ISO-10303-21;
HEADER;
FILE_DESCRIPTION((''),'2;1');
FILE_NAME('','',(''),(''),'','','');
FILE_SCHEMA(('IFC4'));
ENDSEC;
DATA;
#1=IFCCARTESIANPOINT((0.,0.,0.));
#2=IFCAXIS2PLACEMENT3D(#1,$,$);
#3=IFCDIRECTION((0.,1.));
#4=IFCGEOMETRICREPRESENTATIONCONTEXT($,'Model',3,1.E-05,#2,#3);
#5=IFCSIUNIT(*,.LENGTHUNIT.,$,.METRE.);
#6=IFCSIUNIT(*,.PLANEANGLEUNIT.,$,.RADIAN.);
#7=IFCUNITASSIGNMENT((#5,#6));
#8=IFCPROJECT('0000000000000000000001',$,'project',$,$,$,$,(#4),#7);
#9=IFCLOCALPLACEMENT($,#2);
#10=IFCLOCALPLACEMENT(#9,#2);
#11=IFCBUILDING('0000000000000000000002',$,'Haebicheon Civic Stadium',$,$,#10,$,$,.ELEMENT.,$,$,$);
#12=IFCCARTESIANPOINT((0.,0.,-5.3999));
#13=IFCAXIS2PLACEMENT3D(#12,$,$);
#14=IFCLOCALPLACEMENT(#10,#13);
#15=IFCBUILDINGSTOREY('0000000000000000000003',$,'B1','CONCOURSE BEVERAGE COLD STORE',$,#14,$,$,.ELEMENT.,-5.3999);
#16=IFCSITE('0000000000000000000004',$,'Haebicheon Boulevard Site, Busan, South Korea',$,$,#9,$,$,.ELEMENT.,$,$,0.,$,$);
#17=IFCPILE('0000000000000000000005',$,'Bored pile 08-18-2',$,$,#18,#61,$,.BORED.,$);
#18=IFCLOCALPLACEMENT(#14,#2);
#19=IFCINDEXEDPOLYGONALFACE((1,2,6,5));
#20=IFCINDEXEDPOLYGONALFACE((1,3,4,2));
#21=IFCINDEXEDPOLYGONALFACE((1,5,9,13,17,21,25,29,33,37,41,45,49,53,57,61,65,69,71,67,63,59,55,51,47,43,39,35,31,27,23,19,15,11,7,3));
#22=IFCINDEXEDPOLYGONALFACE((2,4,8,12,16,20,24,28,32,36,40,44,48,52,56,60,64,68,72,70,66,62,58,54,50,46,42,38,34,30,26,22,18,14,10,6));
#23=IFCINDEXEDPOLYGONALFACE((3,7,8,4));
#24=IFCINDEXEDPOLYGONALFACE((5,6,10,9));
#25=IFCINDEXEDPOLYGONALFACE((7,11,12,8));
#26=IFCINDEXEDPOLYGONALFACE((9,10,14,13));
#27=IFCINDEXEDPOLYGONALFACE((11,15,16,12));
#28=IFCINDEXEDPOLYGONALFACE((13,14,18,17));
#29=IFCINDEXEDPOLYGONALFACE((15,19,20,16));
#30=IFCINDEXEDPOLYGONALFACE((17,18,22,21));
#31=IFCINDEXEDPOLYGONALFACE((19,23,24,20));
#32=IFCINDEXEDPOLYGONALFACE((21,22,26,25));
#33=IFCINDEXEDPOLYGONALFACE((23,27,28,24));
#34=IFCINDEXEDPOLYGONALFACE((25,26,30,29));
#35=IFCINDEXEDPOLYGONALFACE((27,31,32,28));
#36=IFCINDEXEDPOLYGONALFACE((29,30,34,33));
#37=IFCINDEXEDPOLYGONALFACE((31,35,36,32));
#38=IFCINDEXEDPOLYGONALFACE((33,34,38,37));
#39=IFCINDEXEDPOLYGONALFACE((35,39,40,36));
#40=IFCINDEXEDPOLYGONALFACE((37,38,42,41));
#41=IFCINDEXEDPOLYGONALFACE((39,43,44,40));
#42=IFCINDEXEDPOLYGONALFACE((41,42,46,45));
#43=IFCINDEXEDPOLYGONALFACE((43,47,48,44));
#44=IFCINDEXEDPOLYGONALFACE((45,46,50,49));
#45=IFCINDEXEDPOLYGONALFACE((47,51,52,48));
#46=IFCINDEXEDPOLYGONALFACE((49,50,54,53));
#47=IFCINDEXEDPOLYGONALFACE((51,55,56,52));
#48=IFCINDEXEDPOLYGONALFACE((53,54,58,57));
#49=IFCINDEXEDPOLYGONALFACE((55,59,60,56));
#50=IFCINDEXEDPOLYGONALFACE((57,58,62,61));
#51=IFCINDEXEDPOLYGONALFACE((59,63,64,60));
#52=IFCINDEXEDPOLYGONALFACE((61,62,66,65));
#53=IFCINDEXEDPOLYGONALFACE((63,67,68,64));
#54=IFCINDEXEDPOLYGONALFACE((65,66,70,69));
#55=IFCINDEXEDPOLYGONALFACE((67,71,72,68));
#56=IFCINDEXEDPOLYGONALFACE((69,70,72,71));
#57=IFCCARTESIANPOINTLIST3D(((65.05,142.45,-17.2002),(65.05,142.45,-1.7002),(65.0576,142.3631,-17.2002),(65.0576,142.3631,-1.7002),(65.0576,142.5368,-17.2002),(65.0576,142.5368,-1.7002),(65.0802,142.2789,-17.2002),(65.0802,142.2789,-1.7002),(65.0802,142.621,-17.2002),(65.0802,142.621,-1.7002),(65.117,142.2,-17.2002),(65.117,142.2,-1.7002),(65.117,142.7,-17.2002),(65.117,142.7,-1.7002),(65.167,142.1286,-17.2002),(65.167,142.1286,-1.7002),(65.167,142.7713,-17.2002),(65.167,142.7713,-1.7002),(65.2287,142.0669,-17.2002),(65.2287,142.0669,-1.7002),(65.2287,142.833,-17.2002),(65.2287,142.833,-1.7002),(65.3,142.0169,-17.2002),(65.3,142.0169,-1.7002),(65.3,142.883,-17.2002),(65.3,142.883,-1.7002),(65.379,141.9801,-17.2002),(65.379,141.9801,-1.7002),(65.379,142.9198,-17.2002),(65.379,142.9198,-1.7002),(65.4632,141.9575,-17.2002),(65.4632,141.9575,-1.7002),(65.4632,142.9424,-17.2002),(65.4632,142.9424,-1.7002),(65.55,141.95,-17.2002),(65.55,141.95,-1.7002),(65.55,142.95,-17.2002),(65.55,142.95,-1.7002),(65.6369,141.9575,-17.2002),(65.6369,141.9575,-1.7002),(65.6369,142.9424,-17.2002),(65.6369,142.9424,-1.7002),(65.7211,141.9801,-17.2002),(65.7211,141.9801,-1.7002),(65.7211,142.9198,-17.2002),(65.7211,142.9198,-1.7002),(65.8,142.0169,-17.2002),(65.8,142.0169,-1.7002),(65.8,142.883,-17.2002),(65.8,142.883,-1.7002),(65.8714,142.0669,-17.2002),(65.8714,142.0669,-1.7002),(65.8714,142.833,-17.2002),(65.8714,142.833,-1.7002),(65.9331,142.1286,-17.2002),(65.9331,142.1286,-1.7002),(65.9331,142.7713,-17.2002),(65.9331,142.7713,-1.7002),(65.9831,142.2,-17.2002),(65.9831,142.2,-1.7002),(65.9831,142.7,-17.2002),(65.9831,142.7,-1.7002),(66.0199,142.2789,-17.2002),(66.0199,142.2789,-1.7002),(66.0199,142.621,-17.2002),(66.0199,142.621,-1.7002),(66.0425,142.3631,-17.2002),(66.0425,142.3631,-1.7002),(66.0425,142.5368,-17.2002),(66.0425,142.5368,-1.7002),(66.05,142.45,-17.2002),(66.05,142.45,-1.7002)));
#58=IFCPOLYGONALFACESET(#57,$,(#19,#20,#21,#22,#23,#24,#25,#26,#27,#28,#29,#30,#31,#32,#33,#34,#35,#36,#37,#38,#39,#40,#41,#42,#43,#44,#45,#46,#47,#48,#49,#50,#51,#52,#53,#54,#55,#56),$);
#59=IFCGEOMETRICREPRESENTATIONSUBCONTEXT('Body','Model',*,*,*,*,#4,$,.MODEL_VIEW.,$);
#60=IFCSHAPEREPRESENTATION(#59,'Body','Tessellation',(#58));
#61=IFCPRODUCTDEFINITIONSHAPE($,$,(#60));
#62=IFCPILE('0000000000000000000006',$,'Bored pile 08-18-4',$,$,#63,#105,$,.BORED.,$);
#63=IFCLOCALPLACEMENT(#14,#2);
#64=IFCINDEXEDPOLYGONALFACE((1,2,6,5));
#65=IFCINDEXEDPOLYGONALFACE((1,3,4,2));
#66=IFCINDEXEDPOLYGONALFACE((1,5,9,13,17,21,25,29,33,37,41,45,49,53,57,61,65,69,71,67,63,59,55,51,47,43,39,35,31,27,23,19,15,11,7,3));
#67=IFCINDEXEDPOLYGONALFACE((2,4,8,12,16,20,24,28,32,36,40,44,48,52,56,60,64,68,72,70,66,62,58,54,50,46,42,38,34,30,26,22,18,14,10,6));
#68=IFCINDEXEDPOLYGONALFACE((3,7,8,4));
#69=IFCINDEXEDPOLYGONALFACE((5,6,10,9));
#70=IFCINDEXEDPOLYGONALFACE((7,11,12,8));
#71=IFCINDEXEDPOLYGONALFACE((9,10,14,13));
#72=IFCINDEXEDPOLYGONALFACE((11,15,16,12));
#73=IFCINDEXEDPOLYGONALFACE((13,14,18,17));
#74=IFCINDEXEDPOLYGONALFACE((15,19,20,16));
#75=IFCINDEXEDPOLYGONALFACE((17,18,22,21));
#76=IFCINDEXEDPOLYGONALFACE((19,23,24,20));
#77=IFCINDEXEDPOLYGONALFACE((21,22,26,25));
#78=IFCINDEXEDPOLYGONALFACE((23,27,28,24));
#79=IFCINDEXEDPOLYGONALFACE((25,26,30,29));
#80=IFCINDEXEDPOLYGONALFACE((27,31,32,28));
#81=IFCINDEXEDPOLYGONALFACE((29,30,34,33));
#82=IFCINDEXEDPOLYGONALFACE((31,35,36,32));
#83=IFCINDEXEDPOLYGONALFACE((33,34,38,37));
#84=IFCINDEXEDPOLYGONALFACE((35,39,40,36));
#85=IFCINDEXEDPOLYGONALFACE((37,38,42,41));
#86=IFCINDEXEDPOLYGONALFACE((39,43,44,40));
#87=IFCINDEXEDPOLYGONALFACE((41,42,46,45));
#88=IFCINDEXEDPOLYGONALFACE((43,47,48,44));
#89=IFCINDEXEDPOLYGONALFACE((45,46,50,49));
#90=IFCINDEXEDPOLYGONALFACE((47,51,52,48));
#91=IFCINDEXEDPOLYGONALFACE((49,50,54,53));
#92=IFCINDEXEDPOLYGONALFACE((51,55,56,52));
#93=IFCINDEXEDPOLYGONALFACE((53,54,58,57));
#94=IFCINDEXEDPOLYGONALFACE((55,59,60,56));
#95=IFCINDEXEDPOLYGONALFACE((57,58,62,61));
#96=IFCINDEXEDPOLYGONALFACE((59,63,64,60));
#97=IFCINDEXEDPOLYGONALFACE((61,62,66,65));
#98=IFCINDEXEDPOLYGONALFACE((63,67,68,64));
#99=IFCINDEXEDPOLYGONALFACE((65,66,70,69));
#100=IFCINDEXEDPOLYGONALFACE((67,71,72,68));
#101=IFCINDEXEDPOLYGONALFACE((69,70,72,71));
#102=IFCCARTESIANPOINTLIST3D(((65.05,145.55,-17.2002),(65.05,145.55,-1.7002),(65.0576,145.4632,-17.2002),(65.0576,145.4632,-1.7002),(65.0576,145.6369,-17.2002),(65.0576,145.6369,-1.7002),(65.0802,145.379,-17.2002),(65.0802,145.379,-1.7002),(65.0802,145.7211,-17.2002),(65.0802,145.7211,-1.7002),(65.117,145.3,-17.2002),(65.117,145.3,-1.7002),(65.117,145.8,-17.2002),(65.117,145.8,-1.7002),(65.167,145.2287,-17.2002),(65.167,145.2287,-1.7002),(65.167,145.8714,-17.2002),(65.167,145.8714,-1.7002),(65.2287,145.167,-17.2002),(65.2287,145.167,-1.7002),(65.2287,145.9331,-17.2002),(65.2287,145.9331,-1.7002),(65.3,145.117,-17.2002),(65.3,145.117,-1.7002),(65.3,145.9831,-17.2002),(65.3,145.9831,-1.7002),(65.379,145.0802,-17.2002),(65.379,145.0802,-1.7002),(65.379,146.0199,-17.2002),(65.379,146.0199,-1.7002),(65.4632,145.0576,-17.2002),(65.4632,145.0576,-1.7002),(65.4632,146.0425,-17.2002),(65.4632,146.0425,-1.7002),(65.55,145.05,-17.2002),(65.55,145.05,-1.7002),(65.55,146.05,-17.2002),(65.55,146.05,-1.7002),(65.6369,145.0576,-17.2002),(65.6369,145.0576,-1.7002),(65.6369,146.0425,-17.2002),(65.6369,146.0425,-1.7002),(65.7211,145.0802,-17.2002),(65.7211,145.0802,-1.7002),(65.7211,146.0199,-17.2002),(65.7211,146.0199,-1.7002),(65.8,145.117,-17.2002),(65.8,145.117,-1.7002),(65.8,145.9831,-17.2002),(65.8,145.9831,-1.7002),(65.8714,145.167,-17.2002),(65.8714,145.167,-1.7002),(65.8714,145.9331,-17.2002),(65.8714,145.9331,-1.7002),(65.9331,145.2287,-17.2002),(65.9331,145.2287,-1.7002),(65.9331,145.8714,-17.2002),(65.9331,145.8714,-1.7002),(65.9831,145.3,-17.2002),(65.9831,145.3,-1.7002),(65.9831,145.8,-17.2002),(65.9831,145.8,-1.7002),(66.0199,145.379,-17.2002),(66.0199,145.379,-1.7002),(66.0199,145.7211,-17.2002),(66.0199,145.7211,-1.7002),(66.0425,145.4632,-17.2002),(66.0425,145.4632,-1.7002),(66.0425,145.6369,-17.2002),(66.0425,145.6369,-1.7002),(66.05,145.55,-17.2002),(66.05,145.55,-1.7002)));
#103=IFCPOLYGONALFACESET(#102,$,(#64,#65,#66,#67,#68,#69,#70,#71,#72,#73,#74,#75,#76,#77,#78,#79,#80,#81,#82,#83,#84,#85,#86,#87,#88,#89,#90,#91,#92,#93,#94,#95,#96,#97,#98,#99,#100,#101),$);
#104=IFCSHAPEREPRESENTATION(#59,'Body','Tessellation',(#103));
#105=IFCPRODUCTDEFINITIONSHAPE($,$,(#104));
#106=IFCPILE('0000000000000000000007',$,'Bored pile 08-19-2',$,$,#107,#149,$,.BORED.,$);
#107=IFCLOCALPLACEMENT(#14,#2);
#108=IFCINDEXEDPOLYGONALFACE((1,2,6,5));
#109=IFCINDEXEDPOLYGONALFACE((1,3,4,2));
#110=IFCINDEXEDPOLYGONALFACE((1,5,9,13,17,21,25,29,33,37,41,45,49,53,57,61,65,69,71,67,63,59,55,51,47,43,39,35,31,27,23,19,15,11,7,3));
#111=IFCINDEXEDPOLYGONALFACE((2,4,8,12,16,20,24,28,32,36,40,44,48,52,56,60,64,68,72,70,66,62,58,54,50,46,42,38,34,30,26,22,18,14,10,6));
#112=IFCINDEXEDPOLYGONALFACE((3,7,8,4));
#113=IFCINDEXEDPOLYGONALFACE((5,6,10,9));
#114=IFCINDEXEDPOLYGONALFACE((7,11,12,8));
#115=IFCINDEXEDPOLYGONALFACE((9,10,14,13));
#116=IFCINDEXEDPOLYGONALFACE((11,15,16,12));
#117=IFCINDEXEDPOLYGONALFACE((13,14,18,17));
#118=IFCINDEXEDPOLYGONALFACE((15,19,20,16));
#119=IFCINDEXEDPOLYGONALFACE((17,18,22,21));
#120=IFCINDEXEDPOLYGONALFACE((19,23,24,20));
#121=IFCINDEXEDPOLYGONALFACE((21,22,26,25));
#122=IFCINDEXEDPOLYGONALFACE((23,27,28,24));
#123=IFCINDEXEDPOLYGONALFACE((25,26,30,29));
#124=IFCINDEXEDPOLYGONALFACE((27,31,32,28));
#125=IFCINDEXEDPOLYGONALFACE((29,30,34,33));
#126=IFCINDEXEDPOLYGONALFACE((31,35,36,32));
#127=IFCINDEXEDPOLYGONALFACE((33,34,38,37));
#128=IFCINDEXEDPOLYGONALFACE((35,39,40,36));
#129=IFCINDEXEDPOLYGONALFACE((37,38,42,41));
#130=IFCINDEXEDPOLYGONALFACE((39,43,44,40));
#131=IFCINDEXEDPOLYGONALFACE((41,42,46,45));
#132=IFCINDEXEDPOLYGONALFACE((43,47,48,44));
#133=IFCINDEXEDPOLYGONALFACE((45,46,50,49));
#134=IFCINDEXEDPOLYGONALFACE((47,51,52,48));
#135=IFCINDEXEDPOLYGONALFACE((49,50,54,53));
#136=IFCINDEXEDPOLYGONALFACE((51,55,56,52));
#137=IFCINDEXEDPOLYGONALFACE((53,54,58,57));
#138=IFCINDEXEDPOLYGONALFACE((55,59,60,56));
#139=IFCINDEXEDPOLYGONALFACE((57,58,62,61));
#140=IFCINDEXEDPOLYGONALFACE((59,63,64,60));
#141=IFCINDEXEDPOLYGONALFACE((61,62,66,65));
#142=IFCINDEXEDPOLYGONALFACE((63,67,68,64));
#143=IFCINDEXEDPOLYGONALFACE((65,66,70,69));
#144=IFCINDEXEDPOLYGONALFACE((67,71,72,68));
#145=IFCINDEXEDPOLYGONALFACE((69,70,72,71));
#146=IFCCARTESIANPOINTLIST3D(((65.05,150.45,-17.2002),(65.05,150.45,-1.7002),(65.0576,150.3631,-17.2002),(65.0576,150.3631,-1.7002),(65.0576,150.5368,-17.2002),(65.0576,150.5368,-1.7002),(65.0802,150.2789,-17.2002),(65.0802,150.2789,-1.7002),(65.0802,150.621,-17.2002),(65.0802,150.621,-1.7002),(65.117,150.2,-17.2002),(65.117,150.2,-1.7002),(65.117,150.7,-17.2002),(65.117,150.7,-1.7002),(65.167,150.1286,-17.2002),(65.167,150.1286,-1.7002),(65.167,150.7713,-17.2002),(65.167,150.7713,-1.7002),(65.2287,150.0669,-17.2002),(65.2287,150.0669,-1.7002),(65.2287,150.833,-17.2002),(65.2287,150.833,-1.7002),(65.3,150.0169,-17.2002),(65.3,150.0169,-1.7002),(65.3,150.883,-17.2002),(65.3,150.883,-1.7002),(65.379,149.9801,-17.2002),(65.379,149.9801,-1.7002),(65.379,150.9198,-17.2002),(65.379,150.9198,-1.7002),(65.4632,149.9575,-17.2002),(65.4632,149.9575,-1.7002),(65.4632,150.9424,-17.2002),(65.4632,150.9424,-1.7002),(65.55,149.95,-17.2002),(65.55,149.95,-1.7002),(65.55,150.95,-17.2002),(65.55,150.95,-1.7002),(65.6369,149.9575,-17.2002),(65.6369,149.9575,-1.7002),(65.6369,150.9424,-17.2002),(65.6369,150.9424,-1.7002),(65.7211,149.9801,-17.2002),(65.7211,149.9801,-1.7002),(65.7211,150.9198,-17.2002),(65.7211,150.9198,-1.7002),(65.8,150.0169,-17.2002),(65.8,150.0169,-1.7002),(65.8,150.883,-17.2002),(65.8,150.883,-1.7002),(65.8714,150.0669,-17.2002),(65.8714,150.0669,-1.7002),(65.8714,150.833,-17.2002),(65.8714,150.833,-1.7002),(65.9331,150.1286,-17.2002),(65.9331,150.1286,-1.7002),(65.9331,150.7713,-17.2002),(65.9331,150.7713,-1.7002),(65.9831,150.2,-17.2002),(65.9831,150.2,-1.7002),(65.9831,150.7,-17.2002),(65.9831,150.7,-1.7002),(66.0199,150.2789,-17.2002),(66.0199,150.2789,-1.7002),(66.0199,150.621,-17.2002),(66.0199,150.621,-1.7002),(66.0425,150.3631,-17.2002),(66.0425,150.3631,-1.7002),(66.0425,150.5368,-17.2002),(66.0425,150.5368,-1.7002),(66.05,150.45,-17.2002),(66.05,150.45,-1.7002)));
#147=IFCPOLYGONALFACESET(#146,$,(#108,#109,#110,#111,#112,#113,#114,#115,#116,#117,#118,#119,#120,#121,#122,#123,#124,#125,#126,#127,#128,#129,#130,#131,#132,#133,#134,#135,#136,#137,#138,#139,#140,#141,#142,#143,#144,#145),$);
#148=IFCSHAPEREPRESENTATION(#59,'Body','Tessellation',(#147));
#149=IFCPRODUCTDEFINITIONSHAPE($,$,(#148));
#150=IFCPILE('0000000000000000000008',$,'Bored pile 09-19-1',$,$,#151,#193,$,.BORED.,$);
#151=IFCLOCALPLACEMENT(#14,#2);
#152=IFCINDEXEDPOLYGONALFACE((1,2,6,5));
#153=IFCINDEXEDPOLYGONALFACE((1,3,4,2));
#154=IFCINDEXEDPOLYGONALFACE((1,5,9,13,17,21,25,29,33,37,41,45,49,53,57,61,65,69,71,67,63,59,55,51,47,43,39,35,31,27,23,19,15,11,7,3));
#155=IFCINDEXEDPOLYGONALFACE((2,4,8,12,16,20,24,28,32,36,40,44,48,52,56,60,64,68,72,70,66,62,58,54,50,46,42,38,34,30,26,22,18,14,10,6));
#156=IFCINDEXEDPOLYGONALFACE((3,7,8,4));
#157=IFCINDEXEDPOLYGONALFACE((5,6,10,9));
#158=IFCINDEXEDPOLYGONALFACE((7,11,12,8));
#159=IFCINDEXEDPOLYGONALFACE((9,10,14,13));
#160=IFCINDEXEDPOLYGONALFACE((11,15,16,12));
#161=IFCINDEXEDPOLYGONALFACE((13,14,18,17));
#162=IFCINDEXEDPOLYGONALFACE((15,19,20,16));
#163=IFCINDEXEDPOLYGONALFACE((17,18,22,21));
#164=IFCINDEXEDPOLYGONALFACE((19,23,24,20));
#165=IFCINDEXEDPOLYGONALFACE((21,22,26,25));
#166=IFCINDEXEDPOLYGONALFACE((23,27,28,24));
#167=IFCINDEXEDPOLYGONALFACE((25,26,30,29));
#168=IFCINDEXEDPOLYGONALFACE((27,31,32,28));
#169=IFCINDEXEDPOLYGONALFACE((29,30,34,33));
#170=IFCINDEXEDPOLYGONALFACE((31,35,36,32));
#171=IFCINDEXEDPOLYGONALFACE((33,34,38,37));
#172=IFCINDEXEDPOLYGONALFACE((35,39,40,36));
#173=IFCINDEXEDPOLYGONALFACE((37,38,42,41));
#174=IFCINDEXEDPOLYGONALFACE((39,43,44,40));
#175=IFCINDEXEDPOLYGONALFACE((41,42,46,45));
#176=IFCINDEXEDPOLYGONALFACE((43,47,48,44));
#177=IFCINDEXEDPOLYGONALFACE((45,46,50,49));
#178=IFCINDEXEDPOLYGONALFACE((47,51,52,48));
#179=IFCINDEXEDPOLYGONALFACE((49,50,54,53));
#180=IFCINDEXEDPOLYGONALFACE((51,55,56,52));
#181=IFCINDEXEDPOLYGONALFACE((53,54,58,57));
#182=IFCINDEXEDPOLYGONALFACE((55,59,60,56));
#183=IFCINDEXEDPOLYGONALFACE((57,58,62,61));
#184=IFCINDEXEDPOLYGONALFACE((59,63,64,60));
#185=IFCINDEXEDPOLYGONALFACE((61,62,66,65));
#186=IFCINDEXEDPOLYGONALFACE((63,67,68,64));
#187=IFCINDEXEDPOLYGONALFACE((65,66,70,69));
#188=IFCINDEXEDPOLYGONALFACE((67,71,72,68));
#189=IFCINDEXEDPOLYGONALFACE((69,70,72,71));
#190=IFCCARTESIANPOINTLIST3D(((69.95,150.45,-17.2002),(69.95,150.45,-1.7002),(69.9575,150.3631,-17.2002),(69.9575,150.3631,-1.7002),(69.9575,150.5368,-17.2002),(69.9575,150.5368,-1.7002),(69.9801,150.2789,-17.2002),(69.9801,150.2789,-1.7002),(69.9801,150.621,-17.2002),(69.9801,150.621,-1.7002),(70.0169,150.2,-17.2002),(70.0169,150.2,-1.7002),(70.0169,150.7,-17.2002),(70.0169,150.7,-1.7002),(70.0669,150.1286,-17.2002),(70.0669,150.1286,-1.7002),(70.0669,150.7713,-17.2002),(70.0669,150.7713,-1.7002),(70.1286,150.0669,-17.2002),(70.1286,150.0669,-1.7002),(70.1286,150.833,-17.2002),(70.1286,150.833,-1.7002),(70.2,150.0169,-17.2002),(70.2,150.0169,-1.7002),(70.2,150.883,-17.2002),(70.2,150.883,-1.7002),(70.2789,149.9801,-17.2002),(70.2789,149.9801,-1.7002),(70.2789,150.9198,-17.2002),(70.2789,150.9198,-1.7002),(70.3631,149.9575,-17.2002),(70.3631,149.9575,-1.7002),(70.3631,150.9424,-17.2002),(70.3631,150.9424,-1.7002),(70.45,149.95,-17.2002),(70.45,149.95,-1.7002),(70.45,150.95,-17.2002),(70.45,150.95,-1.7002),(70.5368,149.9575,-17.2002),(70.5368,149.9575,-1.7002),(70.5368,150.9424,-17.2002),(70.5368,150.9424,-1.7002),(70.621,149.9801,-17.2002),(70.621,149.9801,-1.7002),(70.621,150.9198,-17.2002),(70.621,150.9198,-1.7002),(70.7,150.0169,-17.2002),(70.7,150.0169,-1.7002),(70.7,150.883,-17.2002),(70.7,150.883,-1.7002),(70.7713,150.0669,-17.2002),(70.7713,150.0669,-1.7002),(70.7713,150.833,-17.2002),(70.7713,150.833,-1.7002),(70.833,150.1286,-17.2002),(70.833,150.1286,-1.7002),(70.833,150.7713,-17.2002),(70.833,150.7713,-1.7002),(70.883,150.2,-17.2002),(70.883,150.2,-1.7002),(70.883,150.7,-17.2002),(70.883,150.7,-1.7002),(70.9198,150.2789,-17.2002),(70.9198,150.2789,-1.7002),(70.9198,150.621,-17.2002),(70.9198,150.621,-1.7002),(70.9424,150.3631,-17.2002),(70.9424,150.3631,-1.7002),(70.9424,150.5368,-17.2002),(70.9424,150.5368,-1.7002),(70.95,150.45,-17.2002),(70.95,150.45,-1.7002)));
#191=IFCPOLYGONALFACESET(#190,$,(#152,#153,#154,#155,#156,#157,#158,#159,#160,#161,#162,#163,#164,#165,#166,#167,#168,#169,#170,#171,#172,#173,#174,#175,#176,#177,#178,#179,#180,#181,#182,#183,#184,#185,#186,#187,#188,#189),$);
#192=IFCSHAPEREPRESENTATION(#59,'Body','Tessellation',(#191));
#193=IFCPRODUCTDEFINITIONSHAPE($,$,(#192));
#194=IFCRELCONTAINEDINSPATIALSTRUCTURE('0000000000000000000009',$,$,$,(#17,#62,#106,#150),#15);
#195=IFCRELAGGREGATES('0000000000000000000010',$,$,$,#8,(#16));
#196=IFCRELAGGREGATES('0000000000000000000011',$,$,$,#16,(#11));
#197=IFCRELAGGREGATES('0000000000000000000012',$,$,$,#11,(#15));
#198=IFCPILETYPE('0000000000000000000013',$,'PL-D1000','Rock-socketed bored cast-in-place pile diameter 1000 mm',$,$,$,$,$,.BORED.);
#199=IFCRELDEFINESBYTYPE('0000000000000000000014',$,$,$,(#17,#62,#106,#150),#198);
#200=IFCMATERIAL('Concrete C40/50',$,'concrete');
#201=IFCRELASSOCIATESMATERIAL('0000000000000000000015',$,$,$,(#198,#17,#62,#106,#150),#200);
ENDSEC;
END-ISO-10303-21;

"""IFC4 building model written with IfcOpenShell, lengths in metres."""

from ifc_helpers import new_model, si_unit, direction, frame, origin, origin_2d, place, context, subcontext, project, spatial, circle, extrude, material, material_profile, profile_set, type_object, element, save


model = new_model("IFC4")

# Units and contexts
model_context = context("Model", 3, precision=1e-05, world=origin(), true_north=direction((0.0, 1.0)))
body_context = subcontext(model_context, "Body", "Model", "MODEL_VIEW")
ifc_project = project(units=[si_unit("LENGTHUNIT", "METRE"), si_unit("PLANEANGLEUNIT", "RADIAN")], contexts=[model_context])

# Site, building, storey
site_placement = place(None, origin())
site = spatial("IfcSite", under=ifc_project, at=site_placement, Name="Haebicheon Boulevard Site, Busan, South Korea", CompositionType="ELEMENT", RefElevation=0.0)
building_placement = place(site_placement, origin())
building = spatial("IfcBuilding", under=site, at=building_placement, Name="Haebicheon Civic Stadium", CompositionType="ELEMENT")
storey_placement = place(building_placement, frame((0.0, 0.0, -5.3999)))
storey = spatial("IfcBuildingStorey", under=building, at=storey_placement, Name="B1", Description="CONCOURSE BEVERAGE COLD STORE", CompositionType="ELEMENT", Elevation=-5.3999)

# Piles
ifc_material_1 = material(Name="Concrete C40/50", Category="concrete")
ifc_material_profile_1 = material_profile(ifc_material_1, circle(Radius=0.5, at=origin_2d()), Name="PILE-D1000")
ifc_profile_set_1 = profile_set([ifc_material_profile_1], Name="Concrete C40/50")
pile_type = type_object("IfcPileType", Name="PL-D1000", Description="Rock-socketed bored cast-in-place pile diameter 1000 mm", PredefinedType="BORED", material=ifc_profile_set_1)
for number, where, z_axis, x_axis, name in (
    (1, (65.55, 142.45, -1.7002), (0.0, 0.0, -1.0), (1.0, 0.0, 0.0), "Bored pile 08-18-2"),
    (2, (65.55, 145.55, -1.7002), (0.0, 0.0, -1.0), (1.0, 0.0, 0.0), "Bored pile 08-18-4"),
    (3, (65.55, 150.45, -1.7002), (0.0, 0.0, -1.0), (1.0, 0.0, 0.0), "Bored pile 08-19-2"),
    (4, (70.45, 150.45, -1.7002), (0.0, 0.0, -1.0), (1.0, 0.0, 0.0), "Bored pile 09-19-1"),
):
    element("IfcPile", number, at=place(storey_placement, frame(where, z_axis=z_axis, x_axis=x_axis)), inside=storey, type_object=pile_type, material=ifc_profile_set_1, Name=name, PredefinedType="BORED", context=body_context, shape_type="SweptSolid", body=[
        extrude(circle(Radius=0.5, at=origin_2d()), origin(), (0.0, 0.0, 1.0), 15.5),
    ])

save(model, "model.ifc")
